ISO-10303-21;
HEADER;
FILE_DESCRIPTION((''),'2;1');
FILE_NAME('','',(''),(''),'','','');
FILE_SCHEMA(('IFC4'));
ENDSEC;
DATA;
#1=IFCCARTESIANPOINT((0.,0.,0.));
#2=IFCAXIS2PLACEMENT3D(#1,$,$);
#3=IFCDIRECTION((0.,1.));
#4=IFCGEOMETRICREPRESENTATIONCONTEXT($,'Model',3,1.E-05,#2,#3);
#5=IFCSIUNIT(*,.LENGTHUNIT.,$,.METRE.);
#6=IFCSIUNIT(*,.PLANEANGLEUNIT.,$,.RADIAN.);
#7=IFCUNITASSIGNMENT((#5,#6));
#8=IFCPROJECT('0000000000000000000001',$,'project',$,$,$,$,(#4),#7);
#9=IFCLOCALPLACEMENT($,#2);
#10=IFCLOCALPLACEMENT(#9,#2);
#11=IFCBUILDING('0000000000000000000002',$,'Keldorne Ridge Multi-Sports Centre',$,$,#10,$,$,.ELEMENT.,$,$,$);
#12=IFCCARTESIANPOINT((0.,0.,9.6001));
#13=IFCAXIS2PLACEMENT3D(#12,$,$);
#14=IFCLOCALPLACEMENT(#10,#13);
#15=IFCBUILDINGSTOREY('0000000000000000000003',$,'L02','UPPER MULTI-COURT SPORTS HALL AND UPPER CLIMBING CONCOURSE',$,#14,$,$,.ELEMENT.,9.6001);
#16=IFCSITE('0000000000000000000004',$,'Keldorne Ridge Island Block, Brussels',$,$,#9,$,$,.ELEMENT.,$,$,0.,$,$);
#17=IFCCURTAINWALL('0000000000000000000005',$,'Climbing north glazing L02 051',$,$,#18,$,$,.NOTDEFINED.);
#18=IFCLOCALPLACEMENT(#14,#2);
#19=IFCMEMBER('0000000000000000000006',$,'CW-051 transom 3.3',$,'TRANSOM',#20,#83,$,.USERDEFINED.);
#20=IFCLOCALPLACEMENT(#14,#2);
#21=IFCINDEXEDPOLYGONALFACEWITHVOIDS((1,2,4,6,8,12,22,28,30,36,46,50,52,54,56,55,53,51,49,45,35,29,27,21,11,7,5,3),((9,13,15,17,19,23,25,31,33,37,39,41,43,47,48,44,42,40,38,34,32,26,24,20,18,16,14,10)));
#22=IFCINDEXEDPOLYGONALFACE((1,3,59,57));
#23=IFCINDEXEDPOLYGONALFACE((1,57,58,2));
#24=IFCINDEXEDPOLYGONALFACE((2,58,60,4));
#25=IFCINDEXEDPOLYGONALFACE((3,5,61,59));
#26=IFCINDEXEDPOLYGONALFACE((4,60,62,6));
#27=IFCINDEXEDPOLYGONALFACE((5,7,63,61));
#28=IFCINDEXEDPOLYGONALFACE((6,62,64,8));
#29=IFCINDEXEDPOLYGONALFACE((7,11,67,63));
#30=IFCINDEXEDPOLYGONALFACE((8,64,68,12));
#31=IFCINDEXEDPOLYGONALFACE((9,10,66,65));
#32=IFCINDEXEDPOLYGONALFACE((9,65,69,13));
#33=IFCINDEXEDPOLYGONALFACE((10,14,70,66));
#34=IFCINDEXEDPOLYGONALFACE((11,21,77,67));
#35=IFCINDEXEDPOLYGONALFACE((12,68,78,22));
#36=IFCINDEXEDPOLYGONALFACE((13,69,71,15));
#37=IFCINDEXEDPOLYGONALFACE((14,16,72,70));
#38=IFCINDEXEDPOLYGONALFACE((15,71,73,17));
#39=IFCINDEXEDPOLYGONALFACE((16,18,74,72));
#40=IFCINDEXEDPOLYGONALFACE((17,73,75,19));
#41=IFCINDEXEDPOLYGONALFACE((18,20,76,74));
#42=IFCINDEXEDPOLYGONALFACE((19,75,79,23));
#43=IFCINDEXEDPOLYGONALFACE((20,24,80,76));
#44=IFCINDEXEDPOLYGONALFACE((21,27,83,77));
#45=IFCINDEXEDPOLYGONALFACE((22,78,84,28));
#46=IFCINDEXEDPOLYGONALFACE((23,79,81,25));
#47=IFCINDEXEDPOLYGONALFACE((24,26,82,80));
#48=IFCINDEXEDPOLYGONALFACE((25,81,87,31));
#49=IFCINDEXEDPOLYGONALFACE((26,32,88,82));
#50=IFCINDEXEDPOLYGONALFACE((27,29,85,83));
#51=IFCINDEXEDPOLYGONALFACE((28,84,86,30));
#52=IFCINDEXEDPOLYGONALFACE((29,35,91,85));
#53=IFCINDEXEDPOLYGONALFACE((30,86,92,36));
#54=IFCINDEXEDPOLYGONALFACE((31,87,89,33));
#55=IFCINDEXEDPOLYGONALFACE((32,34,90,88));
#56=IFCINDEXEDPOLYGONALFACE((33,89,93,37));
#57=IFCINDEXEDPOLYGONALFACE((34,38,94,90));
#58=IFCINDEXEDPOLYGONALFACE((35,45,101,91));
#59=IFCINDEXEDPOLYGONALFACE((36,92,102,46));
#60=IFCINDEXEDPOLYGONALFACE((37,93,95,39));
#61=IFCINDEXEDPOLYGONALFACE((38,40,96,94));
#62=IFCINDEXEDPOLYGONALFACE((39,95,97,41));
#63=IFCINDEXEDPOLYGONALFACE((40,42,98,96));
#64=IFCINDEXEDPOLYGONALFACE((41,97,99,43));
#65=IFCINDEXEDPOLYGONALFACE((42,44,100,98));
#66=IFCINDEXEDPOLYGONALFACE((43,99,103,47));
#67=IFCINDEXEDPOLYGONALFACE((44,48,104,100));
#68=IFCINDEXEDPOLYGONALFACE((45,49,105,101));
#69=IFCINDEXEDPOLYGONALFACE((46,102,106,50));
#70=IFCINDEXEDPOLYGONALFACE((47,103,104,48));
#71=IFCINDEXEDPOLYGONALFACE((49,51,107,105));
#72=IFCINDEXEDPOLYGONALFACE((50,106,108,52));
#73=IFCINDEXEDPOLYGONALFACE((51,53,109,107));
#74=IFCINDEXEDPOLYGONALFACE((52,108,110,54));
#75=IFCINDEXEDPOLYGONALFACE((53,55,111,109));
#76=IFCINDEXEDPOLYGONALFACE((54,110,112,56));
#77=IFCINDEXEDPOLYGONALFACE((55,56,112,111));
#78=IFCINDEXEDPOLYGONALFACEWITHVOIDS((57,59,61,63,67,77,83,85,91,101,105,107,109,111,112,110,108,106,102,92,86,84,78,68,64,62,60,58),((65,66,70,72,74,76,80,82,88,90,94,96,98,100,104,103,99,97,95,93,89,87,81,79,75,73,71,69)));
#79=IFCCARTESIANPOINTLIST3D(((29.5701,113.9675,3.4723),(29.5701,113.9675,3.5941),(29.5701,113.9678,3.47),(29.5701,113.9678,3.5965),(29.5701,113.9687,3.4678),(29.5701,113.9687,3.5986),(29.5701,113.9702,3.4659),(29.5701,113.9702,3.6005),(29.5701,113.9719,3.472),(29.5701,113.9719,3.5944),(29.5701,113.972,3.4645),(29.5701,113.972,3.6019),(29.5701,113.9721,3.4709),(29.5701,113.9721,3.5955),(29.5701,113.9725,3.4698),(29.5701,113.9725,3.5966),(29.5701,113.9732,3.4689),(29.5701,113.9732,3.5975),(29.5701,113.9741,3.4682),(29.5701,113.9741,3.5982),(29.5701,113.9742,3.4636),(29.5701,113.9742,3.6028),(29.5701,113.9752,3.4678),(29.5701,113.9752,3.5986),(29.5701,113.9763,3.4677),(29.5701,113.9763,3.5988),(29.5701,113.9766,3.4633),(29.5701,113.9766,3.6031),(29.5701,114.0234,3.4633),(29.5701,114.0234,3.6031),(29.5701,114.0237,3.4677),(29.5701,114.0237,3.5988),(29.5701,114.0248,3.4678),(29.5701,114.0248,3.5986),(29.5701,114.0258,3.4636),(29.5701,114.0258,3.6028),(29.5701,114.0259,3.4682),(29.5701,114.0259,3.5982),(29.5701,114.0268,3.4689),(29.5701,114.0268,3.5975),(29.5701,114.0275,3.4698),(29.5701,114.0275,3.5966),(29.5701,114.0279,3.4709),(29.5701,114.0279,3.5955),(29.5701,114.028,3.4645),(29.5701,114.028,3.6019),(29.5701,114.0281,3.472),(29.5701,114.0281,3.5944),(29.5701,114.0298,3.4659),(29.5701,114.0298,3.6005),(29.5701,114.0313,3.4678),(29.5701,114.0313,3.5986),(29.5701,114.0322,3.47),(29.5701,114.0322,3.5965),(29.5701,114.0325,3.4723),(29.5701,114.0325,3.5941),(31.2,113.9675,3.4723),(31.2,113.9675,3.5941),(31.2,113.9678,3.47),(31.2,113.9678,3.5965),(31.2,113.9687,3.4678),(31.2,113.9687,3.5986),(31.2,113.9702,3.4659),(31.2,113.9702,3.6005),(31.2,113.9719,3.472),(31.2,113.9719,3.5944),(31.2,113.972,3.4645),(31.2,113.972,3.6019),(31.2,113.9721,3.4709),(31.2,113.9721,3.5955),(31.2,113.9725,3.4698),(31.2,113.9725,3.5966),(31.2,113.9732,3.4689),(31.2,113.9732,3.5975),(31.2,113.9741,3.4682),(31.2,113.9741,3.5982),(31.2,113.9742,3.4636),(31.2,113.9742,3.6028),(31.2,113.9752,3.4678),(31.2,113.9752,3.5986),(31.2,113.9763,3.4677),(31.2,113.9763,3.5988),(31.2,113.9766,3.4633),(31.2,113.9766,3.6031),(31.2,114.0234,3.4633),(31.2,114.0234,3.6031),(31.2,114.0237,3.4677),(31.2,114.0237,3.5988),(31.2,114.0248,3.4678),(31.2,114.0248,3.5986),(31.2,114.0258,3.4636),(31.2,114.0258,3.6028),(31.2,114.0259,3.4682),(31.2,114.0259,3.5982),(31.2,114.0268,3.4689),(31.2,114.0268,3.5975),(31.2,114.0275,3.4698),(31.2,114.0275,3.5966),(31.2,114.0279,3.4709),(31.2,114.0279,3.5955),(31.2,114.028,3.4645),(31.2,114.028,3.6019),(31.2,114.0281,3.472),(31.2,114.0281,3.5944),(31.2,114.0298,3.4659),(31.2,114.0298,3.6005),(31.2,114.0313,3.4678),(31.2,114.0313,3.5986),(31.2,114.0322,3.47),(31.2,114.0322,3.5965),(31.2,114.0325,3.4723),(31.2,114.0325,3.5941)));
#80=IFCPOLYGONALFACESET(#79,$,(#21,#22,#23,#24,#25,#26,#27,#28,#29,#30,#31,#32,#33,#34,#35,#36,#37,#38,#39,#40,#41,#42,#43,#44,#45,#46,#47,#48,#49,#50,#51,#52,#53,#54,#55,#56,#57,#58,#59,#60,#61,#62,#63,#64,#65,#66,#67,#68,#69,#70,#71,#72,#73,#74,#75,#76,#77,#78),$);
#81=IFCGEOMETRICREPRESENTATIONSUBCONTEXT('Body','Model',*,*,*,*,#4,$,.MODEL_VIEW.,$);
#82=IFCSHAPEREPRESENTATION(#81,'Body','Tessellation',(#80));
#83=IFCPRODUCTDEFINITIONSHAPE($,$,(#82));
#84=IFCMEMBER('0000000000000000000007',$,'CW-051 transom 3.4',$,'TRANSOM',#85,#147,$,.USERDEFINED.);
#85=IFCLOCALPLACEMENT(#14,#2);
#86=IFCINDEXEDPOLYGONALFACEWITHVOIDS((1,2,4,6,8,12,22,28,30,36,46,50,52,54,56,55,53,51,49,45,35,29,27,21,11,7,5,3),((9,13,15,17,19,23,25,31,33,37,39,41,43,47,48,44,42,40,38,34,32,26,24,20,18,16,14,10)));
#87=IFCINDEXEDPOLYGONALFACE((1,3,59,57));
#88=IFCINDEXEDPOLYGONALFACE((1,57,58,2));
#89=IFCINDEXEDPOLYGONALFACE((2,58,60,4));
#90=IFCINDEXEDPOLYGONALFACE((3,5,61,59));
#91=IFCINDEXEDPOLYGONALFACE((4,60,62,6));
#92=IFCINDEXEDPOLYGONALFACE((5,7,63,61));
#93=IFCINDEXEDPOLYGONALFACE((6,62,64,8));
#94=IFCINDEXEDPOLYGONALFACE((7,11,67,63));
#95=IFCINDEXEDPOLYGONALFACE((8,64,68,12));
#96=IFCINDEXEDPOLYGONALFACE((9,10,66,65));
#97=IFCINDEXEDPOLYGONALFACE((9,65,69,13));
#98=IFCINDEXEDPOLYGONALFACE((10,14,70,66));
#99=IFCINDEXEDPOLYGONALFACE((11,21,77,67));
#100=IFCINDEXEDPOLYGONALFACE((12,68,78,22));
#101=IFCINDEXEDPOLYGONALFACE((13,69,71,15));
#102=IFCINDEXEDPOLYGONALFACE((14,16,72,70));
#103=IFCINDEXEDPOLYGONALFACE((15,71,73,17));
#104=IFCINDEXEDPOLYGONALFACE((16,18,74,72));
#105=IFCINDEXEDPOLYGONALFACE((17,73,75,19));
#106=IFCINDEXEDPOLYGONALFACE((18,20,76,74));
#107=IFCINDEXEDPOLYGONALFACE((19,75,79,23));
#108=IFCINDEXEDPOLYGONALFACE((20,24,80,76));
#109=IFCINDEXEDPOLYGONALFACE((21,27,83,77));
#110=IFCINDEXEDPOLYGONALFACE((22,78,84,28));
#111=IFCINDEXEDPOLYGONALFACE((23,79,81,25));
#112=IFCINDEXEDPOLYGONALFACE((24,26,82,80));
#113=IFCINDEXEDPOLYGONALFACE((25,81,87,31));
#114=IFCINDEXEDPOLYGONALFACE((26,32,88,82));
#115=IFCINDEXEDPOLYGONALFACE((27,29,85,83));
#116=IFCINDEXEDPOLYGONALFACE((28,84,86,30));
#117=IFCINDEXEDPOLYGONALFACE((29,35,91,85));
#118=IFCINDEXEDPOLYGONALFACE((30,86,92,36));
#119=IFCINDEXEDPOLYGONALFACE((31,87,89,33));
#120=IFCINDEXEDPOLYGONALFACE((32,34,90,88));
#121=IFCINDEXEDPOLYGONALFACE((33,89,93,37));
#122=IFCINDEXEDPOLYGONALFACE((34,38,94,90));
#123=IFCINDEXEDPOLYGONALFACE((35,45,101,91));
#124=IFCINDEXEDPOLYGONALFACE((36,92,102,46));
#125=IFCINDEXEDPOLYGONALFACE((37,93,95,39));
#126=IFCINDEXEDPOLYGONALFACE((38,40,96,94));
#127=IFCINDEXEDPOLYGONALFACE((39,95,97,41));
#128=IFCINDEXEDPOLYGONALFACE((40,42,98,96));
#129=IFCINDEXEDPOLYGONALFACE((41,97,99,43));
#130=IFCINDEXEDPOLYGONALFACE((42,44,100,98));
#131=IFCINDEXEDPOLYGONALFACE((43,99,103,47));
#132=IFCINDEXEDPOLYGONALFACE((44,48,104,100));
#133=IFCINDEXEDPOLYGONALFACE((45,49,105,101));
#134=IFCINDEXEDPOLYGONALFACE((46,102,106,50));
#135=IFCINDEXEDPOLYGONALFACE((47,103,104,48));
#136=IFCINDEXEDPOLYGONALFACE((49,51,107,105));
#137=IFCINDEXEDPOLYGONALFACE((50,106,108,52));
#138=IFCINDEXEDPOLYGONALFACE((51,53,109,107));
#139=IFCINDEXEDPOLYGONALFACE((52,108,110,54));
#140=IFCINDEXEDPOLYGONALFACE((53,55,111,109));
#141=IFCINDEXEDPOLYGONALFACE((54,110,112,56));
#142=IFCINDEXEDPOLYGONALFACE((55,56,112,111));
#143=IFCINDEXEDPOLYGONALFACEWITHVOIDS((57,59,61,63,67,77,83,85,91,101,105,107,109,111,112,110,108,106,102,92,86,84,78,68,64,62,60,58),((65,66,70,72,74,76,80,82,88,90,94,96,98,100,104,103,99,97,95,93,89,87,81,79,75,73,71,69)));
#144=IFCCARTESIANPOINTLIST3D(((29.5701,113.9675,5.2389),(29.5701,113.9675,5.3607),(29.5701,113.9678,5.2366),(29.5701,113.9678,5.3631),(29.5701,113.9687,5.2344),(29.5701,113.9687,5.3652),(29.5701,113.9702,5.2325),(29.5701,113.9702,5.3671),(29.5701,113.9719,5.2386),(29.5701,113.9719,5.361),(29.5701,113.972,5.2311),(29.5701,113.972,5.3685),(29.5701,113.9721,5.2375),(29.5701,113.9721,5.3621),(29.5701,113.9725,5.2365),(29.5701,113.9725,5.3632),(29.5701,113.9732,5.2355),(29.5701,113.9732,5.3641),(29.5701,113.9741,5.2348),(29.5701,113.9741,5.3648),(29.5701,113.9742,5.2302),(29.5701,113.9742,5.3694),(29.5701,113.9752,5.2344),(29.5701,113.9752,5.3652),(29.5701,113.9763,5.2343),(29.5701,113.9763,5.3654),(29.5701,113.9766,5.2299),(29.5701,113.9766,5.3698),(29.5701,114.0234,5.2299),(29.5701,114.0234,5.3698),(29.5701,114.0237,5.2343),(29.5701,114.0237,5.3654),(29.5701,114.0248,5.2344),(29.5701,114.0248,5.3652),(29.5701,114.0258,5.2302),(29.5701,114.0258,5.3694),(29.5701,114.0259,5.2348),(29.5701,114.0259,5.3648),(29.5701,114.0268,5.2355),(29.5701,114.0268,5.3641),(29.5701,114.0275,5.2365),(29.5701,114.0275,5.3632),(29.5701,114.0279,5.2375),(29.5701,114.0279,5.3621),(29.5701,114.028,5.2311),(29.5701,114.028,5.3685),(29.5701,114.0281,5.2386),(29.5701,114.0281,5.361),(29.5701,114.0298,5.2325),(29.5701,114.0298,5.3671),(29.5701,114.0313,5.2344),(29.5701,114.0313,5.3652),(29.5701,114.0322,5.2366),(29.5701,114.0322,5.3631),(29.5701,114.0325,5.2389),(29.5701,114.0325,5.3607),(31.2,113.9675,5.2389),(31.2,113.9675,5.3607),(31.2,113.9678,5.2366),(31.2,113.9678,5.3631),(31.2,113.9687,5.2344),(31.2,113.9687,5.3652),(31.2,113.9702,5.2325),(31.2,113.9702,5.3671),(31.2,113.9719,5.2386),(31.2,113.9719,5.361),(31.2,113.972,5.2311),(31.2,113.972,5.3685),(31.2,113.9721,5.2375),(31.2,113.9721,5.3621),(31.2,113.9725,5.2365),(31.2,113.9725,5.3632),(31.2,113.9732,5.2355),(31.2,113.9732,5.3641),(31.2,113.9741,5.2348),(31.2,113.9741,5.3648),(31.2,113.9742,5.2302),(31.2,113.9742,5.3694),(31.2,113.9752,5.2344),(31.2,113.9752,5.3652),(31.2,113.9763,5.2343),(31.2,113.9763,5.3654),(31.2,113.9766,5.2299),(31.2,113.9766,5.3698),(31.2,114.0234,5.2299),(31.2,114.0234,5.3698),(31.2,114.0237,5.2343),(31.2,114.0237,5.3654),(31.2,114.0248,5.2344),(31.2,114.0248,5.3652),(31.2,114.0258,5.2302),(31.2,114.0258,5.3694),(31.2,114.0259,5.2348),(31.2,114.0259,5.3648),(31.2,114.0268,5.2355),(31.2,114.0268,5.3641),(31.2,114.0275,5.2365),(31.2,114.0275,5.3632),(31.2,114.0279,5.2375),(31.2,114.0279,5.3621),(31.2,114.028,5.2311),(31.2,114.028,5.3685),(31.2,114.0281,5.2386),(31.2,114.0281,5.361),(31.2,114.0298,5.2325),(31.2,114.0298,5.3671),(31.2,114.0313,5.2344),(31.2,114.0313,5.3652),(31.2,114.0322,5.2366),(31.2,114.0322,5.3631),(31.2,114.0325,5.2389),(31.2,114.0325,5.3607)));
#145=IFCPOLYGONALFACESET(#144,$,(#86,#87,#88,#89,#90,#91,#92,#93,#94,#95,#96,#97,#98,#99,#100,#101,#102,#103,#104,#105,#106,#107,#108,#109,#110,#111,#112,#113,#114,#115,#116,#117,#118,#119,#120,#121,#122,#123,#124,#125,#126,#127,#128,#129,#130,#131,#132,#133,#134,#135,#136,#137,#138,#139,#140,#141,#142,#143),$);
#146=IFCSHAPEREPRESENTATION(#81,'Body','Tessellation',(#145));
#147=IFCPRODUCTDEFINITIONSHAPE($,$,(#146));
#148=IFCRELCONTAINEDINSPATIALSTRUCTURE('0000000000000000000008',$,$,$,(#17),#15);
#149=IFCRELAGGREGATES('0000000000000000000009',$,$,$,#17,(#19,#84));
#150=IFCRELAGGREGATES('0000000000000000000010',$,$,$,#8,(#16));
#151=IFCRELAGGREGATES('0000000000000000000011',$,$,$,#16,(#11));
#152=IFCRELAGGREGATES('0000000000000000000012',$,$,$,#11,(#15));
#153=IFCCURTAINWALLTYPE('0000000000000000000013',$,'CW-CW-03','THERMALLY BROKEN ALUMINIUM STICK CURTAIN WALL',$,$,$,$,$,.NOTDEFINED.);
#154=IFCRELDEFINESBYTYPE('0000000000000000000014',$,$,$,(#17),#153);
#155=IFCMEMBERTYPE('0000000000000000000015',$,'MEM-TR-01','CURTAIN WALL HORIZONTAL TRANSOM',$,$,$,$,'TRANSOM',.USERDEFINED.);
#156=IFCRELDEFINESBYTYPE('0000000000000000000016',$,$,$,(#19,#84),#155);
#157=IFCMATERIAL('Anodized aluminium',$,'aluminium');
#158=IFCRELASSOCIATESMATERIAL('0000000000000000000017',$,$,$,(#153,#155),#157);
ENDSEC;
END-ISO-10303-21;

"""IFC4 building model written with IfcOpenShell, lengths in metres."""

from ifc_helpers import new_model, si_unit, direction, frame, origin, origin_2d, place, context, subcontext, project, spatial, hollow_rectangle, extrude, material, material_profile, profile_set, type_object, element, aggregate, save


model = new_model("IFC4")

# Units and contexts
model_context = context("Model", 3, precision=1e-05, world=origin(), true_north=direction((0.0, 1.0)))
body_context = subcontext(model_context, "Body", "Model", "MODEL_VIEW")
ifc_project = project(units=[si_unit("LENGTHUNIT", "METRE"), si_unit("PLANEANGLEUNIT", "RADIAN")], contexts=[model_context])

# Site, building, storey
site_placement = place(None, origin())
site = spatial("IfcSite", under=ifc_project, at=site_placement, Name="Keldorne Ridge Island Block, Brussels", CompositionType="ELEMENT", RefElevation=0.0)
building_placement = place(site_placement, origin())
building = spatial("IfcBuilding", under=site, at=building_placement, Name="Keldorne Ridge Multi-Sports Centre", CompositionType="ELEMENT")
storey_placement = place(building_placement, frame((0.0, 0.0, 9.6001)))
storey = spatial("IfcBuildingStorey", under=building, at=storey_placement, Name="L02", Description="UPPER MULTI-COURT SPORTS HALL AND UPPER CLIMBING CONCOURSE", CompositionType="ELEMENT", Elevation=9.6001)

# Curtain wall
ifc_material_1 = material(Name="Anodized aluminium", Category="aluminium")
curtain_wall_type = type_object("IfcCurtainWallType", Name="CW-CW-03", Description="THERMALLY BROKEN ALUMINIUM STICK CURTAIN WALL", PredefinedType="NOTDEFINED", material=ifc_material_1)
curtain_wall_placement = place(storey_placement, origin())
curtain_wall = element("IfcCurtainWall", 1, at=curtain_wall_placement, inside=storey, type_object=curtain_wall_type, Name="Climbing north glazing L02 051", PredefinedType="NOTDEFINED")

# Members
ifc_material_profile_1 = material_profile(ifc_material_1, hollow_rectangle(XDim=0.0649, YDim=0.1399, WallThickness=0.0044, InnerFilletRadius=0.0044, OuterFilletRadius=0.009, at=origin_2d()), Name="ALU TRANSOM 140x65x4.5")
ifc_profile_set_1 = profile_set([ifc_material_profile_1], Name="Anodized aluminium")
member_type_1 = type_object("IfcMemberType", Name="MEM-TR-01", Description="CURTAIN WALL HORIZONTAL TRANSOM", ElementType="TRANSOM", PredefinedType="USERDEFINED", material=ifc_profile_set_1)
member_1_placement = place(storey_placement, frame((31.2, 114.0, 3.5332), z_axis=(-1.0, 0.0, 0.0), x_axis=(0.0, -1.0, 0.0)))
member_1 = element("IfcMember", 2, at=member_1_placement, type_object=member_type_1, Name="CW-051 transom 3.3", ObjectType="TRANSOM", PredefinedType="USERDEFINED", context=body_context, shape_type="SweptSolid", body=[
    extrude(hollow_rectangle(XDim=0.0649, YDim=0.1399, WallThickness=0.0044, InnerFilletRadius=0.0044, OuterFilletRadius=0.009, at=origin_2d()), origin(), (0.0, 0.0, 1.0), 1.6299),
])
member_2_placement = place(storey_placement, frame((31.2, 114.0, 5.2998), z_axis=(-1.0, 0.0, 0.0), x_axis=(0.0, -1.0, 0.0)))
member_2 = element("IfcMember", 3, at=member_2_placement, type_object=member_type_1, Name="CW-051 transom 3.4", ObjectType="TRANSOM", PredefinedType="USERDEFINED", context=body_context, shape_type="SweptSolid", body=[
    extrude(hollow_rectangle(XDim=0.0649, YDim=0.1399, WallThickness=0.0044, InnerFilletRadius=0.0044, OuterFilletRadius=0.009, at=origin_2d()), origin(), (0.0, 0.0, 1.0), 1.6299),
])

aggregate(curtain_wall, [member_1, member_2])

save(model, "model.ifc")
